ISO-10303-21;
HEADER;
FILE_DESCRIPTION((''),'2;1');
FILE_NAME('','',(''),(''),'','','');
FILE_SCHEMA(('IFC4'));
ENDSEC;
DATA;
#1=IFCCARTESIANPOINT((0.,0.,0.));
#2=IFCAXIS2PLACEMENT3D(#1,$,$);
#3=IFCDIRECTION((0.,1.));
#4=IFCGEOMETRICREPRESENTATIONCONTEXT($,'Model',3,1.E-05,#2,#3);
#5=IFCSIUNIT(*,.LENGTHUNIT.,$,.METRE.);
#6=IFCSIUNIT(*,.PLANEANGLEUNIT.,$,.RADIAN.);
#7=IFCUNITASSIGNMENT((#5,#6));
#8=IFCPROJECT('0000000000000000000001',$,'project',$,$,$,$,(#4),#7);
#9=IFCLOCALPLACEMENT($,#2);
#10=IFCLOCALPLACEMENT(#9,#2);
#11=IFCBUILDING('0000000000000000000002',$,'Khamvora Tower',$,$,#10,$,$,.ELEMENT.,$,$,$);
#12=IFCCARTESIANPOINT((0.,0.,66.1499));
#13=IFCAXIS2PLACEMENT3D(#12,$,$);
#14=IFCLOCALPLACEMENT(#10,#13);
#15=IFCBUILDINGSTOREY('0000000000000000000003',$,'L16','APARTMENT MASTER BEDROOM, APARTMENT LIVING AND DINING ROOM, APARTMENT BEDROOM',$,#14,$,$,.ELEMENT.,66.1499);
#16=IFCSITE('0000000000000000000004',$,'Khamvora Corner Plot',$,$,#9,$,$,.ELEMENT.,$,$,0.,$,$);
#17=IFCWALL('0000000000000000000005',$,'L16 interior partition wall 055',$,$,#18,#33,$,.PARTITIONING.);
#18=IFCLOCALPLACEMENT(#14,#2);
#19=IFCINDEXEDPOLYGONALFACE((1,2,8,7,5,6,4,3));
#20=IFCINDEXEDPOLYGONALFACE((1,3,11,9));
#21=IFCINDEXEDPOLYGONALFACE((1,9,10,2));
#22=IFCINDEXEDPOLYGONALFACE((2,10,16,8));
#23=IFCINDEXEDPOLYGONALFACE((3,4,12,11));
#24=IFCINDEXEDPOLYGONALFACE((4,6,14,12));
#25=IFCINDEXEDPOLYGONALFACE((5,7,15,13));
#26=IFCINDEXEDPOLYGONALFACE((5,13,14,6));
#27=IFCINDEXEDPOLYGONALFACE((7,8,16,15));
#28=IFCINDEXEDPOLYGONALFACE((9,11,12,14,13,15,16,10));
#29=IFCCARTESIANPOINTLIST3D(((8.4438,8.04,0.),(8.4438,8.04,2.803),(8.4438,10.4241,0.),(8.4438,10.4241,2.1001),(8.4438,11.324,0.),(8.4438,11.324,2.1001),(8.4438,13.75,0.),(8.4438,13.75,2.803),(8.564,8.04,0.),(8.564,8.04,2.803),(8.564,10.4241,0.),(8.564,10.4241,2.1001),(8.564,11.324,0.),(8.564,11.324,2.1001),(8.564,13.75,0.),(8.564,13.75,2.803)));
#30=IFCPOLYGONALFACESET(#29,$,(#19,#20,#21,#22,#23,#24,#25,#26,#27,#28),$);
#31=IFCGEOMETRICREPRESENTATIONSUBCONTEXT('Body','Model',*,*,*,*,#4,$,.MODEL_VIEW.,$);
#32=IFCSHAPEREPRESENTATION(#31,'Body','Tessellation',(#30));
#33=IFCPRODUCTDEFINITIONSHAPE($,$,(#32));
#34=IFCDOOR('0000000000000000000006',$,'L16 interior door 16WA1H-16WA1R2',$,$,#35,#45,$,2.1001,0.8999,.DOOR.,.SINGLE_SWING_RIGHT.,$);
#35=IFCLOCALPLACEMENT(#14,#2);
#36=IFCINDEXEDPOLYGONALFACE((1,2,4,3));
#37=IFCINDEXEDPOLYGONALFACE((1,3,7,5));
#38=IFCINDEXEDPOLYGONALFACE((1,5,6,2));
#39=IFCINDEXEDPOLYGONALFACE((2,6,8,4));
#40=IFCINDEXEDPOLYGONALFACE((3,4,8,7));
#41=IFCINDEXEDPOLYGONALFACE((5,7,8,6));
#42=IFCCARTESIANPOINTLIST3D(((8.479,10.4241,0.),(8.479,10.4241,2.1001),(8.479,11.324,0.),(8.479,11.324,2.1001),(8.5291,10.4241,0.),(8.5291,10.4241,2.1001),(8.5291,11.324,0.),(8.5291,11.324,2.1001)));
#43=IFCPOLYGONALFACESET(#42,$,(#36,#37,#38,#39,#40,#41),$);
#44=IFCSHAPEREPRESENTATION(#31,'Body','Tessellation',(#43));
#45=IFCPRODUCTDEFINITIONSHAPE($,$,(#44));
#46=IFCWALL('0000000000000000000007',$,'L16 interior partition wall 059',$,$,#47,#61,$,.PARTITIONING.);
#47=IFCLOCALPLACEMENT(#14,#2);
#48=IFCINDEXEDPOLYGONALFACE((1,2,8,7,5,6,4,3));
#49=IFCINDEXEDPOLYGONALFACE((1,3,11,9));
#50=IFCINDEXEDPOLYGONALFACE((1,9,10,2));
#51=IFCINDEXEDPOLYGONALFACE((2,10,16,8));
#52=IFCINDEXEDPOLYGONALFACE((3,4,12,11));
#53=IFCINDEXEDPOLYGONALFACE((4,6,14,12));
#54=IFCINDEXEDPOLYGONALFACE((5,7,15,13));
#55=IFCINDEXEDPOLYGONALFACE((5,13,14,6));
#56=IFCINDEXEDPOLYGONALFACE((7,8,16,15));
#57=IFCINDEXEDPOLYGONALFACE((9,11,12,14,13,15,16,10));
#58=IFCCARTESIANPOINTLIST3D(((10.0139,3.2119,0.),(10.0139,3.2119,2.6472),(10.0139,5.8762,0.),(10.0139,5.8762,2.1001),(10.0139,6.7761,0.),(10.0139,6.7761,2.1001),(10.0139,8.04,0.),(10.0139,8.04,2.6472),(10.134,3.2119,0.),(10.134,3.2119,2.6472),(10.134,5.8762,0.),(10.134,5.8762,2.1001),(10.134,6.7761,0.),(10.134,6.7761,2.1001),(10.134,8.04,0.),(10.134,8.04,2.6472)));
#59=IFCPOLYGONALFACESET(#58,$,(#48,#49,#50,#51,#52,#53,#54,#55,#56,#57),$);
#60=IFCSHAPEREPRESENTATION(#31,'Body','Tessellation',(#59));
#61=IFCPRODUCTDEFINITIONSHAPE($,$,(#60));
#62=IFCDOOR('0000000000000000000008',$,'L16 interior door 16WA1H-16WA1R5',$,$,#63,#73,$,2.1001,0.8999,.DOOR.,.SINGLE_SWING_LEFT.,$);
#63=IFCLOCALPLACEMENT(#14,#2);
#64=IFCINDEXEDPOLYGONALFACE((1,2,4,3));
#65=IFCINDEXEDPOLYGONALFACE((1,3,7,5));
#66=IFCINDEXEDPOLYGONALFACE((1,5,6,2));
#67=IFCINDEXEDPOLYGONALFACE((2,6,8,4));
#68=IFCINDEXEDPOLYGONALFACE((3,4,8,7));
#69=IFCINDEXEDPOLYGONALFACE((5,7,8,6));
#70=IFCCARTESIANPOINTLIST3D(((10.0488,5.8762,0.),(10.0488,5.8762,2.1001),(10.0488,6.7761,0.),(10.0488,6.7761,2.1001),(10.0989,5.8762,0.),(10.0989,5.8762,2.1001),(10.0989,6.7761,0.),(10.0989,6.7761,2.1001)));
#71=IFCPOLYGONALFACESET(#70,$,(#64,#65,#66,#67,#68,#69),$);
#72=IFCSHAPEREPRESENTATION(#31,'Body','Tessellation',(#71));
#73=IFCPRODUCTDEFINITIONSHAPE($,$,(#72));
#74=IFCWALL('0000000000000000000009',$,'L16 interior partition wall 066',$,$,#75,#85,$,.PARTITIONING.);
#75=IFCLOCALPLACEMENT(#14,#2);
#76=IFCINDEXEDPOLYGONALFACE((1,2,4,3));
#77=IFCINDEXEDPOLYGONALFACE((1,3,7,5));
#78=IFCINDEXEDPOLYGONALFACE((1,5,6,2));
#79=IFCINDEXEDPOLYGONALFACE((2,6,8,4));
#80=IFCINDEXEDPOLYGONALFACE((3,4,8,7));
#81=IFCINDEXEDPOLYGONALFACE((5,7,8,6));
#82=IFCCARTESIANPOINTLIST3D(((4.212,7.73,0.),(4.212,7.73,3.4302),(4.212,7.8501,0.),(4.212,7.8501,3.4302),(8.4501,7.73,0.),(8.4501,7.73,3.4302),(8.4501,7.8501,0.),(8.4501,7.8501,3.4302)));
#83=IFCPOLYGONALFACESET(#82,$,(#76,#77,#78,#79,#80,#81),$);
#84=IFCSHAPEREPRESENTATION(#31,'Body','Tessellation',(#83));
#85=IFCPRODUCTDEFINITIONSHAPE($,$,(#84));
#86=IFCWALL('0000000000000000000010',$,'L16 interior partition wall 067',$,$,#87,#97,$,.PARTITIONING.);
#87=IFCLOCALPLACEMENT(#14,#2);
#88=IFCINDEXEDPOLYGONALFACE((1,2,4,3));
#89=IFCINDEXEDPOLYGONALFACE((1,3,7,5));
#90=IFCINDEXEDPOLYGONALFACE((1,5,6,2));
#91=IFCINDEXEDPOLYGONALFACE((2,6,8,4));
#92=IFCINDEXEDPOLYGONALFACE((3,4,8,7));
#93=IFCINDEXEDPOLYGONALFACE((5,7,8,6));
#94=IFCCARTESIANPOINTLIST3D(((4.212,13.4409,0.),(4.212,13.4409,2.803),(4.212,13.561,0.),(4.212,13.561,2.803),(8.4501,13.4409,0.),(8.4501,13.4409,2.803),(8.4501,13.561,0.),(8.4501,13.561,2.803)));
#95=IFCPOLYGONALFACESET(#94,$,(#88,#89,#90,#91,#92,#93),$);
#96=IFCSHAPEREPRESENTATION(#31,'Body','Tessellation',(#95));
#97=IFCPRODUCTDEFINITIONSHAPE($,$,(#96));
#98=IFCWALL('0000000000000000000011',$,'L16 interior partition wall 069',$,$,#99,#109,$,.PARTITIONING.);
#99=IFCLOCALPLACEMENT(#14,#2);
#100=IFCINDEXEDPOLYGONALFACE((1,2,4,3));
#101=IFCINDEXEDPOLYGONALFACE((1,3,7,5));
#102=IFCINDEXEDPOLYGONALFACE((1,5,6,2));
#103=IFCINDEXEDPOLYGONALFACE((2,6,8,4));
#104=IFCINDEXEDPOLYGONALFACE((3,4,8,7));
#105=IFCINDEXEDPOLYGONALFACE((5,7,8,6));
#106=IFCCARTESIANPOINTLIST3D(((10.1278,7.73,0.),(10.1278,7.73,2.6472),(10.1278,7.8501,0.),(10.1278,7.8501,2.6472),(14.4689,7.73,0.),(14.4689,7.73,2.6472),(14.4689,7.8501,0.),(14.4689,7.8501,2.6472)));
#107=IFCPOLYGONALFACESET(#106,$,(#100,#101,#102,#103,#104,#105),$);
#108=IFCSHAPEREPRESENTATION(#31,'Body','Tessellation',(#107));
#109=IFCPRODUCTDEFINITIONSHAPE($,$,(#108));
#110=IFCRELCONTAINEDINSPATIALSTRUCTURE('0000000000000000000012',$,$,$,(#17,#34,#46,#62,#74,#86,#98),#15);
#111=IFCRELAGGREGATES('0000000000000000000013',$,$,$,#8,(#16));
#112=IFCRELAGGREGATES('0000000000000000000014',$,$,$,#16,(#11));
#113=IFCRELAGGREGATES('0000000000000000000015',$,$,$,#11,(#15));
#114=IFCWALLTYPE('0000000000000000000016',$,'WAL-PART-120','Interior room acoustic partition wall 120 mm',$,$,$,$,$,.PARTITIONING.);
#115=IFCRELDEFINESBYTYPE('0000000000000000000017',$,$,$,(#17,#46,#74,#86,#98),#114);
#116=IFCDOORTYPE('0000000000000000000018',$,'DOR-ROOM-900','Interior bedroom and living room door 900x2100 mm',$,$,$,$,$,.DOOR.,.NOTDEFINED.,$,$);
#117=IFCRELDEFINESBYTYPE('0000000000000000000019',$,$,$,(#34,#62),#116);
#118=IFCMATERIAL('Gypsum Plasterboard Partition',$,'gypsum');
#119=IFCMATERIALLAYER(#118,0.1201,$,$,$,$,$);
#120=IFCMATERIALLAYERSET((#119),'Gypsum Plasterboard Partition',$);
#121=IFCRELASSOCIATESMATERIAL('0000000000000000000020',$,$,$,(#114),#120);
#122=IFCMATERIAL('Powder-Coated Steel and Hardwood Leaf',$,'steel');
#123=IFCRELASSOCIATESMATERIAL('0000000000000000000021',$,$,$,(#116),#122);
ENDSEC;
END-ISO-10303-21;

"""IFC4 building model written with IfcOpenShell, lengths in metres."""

from ifc_helpers import new_model, si_unit, direction, frame, frame_2d, origin, place, context, subcontext, project, spatial, rectangle, extrude, material, layer, layer_set, type_object, element, fill, save


model = new_model("IFC4")

# Units and contexts
model_context = context("Model", 3, precision=1e-05, world=origin(), true_north=direction((0.0, 1.0)))
body_context = subcontext(model_context, "Body", "Model", "MODEL_VIEW")
ifc_project = project(units=[si_unit("LENGTHUNIT", "METRE"), si_unit("PLANEANGLEUNIT", "RADIAN")], contexts=[model_context])

# Site, building, storey
site_placement = place(None, origin())
site = spatial("IfcSite", under=ifc_project, at=site_placement, Name="Khamvora Corner Plot", CompositionType="ELEMENT", RefElevation=0.0)
building_placement = place(site_placement, origin())
building = spatial("IfcBuilding", under=site, at=building_placement, Name="Khamvora Tower", CompositionType="ELEMENT")
storey_placement = place(building_placement, frame((0.0, 0.0, 66.1499)))
storey = spatial("IfcBuildingStorey", under=building, at=storey_placement, Name="L16", Description="APARTMENT MASTER BEDROOM, APARTMENT LIVING AND DINING ROOM, APARTMENT BEDROOM", CompositionType="ELEMENT", Elevation=66.1499)

# Walls, openings, doors
ifc_material_1 = material(Name="Gypsum Plasterboard Partition", Category="gypsum")
ifc_layer_1 = layer(ifc_material_1, 0.1201)
ifc_layer_set_1 = layer_set([ifc_layer_1], Name="Gypsum Plasterboard Partition")
wall_type_1 = type_object("IfcWallType", Name="WAL-PART-120", Description="Interior room acoustic partition wall 120 mm", PredefinedType="PARTITIONING", material=ifc_layer_set_1)
ifc_material_2 = material(Name="Powder-Coated Steel and Hardwood Leaf", Category="steel")
door_type_1 = type_object("IfcDoorType", Name="DOR-ROOM-900", Description="Interior bedroom and living room door 900x2100 mm", OperationType="NOTDEFINED", PredefinedType="DOOR", material=ifc_material_2)
wall_1_placement = place(storey_placement, frame((8.5039, 8.04, 0.0), z_axis=(0.0, 0.0, 1.0), x_axis=(0.0, 1.0, 0.0)))
wall_1 = element("IfcWall", 1, at=wall_1_placement, inside=storey, type_object=wall_type_1, Name="L16 interior partition wall 055", PredefinedType="PARTITIONING", context=body_context, shape_type="SweptSolid", body=[
    extrude(rectangle(XDim=5.71, YDim=0.1201, at=frame_2d((2.855, 0.0))), origin(), (0.0, 0.0, 1.0), 2.803),
])
opening_1_placement = place(wall_1_placement, frame((2.384, 0.0, 0.0)))
opening_1 = element("IfcOpeningElement", 2, at=opening_1_placement, cuts=wall_1, PredefinedType="OPENING", context=body_context, shape_type="SweptSolid", body=[
    extrude(rectangle(XDim=0.8999, YDim=2.1001, at=frame_2d((0.45, 1.05))), frame((0.0, 0.0701, 0.0), z_axis=(0.0, -1.0, 0.0), x_axis=(1.0, 0.0, 0.0)), (0.0, 0.0, 1.0), 0.1401),
])
door_1_placement = place(opening_1_placement, origin())
door_1 = element("IfcDoor", 3, at=door_1_placement, inside=storey, type_object=door_type_1, Name="L16 interior door 16WA1H-16WA1R2", OperationType="SINGLE_SWING_RIGHT", OverallHeight=2.1001, OverallWidth=0.8999, PredefinedType="DOOR", context=body_context, shape_type="SweptSolid", body=[
    extrude(rectangle(XDim=0.8999, YDim=2.1001, at=frame_2d((0.45, 1.05))), frame((0.0, 0.0249, 0.0), z_axis=(0.0, -1.0, 0.0), x_axis=(1.0, 0.0, 0.0)), (0.0, 0.0, 1.0), 0.05),
])
fill(opening_1, door_1)
wall_2_placement = place(storey_placement, frame((10.074, 8.04, 0.0), z_axis=(0.0, 0.0, 1.0), x_axis=(0.0, -1.0, 0.0)))
wall_2 = element("IfcWall", 4, at=wall_2_placement, inside=storey, type_object=wall_type_1, Name="L16 interior partition wall 059", PredefinedType="PARTITIONING", context=body_context, shape_type="SweptSolid", body=[
    extrude(rectangle(XDim=4.8281, YDim=0.1201, at=frame_2d((2.4141, 0.0))), origin(), (0.0, 0.0, 1.0), 2.6472),
])
opening_2_placement = place(wall_2_placement, frame((1.2639, 0.0, 0.0)))
opening_2 = element("IfcOpeningElement", 5, at=opening_2_placement, cuts=wall_2, PredefinedType="OPENING", context=body_context, shape_type="SweptSolid", body=[
    extrude(rectangle(XDim=0.8999, YDim=2.1001, at=frame_2d((0.45, 1.05))), frame((0.0, 0.0701, 0.0), z_axis=(0.0, -1.0, 0.0), x_axis=(1.0, 0.0, 0.0)), (0.0, 0.0, 1.0), 0.1401),
])
door_2_placement = place(opening_2_placement, origin())
door_2 = element("IfcDoor", 6, at=door_2_placement, inside=storey, type_object=door_type_1, Name="L16 interior door 16WA1H-16WA1R5", OperationType="SINGLE_SWING_LEFT", OverallHeight=2.1001, OverallWidth=0.8999, PredefinedType="DOOR", context=body_context, shape_type="SweptSolid", body=[
    extrude(rectangle(XDim=0.8999, YDim=2.1001, at=frame_2d((0.45, 1.05))), frame((0.0, 0.0249, 0.0), z_axis=(0.0, -1.0, 0.0), x_axis=(1.0, 0.0, 0.0)), (0.0, 0.0, 1.0), 0.05),
])
fill(opening_2, door_2)

# Walls
wall_3_placement = place(storey_placement, frame((4.2119, 7.79, 0.0), z_axis=(0.0, 0.0, 1.0), x_axis=(1.0, 0.0, 0.0)))
element("IfcWall", 7, at=wall_3_placement, inside=storey, type_object=wall_type_1, Name="L16 interior partition wall 066", PredefinedType="PARTITIONING", context=body_context, shape_type="SweptSolid", body=[
    extrude(rectangle(XDim=4.238, YDim=0.1201, at=frame_2d((2.1191, 0.0))), origin(), (0.0, 0.0, 1.0), 3.4302),
])
wall_4_placement = place(storey_placement, frame((4.2119, 13.501, 0.0), z_axis=(0.0, 0.0, 1.0), x_axis=(1.0, 0.0, 0.0)))
element("IfcWall", 8, at=wall_4_placement, inside=storey, type_object=wall_type_1, Name="L16 interior partition wall 067", PredefinedType="PARTITIONING", context=body_context, shape_type="SweptSolid", body=[
    extrude(rectangle(XDim=4.238, YDim=0.1201, at=frame_2d((2.1191, 0.0))), origin(), (0.0, 0.0, 1.0), 2.803),
])
wall_5_placement = place(storey_placement, frame((10.1279, 7.79, 0.0), z_axis=(0.0, 0.0, 1.0), x_axis=(1.0, 0.0, 0.0)))
element("IfcWall", 9, at=wall_5_placement, inside=storey, type_object=wall_type_1, Name="L16 interior partition wall 069", PredefinedType="PARTITIONING", context=body_context, shape_type="SweptSolid", body=[
    extrude(rectangle(XDim=4.3411, YDim=0.1201, at=frame_2d((2.1704, 0.0))), origin(), (0.0, 0.0, 1.0), 2.6472),
])

save(model, "model.ifc")
